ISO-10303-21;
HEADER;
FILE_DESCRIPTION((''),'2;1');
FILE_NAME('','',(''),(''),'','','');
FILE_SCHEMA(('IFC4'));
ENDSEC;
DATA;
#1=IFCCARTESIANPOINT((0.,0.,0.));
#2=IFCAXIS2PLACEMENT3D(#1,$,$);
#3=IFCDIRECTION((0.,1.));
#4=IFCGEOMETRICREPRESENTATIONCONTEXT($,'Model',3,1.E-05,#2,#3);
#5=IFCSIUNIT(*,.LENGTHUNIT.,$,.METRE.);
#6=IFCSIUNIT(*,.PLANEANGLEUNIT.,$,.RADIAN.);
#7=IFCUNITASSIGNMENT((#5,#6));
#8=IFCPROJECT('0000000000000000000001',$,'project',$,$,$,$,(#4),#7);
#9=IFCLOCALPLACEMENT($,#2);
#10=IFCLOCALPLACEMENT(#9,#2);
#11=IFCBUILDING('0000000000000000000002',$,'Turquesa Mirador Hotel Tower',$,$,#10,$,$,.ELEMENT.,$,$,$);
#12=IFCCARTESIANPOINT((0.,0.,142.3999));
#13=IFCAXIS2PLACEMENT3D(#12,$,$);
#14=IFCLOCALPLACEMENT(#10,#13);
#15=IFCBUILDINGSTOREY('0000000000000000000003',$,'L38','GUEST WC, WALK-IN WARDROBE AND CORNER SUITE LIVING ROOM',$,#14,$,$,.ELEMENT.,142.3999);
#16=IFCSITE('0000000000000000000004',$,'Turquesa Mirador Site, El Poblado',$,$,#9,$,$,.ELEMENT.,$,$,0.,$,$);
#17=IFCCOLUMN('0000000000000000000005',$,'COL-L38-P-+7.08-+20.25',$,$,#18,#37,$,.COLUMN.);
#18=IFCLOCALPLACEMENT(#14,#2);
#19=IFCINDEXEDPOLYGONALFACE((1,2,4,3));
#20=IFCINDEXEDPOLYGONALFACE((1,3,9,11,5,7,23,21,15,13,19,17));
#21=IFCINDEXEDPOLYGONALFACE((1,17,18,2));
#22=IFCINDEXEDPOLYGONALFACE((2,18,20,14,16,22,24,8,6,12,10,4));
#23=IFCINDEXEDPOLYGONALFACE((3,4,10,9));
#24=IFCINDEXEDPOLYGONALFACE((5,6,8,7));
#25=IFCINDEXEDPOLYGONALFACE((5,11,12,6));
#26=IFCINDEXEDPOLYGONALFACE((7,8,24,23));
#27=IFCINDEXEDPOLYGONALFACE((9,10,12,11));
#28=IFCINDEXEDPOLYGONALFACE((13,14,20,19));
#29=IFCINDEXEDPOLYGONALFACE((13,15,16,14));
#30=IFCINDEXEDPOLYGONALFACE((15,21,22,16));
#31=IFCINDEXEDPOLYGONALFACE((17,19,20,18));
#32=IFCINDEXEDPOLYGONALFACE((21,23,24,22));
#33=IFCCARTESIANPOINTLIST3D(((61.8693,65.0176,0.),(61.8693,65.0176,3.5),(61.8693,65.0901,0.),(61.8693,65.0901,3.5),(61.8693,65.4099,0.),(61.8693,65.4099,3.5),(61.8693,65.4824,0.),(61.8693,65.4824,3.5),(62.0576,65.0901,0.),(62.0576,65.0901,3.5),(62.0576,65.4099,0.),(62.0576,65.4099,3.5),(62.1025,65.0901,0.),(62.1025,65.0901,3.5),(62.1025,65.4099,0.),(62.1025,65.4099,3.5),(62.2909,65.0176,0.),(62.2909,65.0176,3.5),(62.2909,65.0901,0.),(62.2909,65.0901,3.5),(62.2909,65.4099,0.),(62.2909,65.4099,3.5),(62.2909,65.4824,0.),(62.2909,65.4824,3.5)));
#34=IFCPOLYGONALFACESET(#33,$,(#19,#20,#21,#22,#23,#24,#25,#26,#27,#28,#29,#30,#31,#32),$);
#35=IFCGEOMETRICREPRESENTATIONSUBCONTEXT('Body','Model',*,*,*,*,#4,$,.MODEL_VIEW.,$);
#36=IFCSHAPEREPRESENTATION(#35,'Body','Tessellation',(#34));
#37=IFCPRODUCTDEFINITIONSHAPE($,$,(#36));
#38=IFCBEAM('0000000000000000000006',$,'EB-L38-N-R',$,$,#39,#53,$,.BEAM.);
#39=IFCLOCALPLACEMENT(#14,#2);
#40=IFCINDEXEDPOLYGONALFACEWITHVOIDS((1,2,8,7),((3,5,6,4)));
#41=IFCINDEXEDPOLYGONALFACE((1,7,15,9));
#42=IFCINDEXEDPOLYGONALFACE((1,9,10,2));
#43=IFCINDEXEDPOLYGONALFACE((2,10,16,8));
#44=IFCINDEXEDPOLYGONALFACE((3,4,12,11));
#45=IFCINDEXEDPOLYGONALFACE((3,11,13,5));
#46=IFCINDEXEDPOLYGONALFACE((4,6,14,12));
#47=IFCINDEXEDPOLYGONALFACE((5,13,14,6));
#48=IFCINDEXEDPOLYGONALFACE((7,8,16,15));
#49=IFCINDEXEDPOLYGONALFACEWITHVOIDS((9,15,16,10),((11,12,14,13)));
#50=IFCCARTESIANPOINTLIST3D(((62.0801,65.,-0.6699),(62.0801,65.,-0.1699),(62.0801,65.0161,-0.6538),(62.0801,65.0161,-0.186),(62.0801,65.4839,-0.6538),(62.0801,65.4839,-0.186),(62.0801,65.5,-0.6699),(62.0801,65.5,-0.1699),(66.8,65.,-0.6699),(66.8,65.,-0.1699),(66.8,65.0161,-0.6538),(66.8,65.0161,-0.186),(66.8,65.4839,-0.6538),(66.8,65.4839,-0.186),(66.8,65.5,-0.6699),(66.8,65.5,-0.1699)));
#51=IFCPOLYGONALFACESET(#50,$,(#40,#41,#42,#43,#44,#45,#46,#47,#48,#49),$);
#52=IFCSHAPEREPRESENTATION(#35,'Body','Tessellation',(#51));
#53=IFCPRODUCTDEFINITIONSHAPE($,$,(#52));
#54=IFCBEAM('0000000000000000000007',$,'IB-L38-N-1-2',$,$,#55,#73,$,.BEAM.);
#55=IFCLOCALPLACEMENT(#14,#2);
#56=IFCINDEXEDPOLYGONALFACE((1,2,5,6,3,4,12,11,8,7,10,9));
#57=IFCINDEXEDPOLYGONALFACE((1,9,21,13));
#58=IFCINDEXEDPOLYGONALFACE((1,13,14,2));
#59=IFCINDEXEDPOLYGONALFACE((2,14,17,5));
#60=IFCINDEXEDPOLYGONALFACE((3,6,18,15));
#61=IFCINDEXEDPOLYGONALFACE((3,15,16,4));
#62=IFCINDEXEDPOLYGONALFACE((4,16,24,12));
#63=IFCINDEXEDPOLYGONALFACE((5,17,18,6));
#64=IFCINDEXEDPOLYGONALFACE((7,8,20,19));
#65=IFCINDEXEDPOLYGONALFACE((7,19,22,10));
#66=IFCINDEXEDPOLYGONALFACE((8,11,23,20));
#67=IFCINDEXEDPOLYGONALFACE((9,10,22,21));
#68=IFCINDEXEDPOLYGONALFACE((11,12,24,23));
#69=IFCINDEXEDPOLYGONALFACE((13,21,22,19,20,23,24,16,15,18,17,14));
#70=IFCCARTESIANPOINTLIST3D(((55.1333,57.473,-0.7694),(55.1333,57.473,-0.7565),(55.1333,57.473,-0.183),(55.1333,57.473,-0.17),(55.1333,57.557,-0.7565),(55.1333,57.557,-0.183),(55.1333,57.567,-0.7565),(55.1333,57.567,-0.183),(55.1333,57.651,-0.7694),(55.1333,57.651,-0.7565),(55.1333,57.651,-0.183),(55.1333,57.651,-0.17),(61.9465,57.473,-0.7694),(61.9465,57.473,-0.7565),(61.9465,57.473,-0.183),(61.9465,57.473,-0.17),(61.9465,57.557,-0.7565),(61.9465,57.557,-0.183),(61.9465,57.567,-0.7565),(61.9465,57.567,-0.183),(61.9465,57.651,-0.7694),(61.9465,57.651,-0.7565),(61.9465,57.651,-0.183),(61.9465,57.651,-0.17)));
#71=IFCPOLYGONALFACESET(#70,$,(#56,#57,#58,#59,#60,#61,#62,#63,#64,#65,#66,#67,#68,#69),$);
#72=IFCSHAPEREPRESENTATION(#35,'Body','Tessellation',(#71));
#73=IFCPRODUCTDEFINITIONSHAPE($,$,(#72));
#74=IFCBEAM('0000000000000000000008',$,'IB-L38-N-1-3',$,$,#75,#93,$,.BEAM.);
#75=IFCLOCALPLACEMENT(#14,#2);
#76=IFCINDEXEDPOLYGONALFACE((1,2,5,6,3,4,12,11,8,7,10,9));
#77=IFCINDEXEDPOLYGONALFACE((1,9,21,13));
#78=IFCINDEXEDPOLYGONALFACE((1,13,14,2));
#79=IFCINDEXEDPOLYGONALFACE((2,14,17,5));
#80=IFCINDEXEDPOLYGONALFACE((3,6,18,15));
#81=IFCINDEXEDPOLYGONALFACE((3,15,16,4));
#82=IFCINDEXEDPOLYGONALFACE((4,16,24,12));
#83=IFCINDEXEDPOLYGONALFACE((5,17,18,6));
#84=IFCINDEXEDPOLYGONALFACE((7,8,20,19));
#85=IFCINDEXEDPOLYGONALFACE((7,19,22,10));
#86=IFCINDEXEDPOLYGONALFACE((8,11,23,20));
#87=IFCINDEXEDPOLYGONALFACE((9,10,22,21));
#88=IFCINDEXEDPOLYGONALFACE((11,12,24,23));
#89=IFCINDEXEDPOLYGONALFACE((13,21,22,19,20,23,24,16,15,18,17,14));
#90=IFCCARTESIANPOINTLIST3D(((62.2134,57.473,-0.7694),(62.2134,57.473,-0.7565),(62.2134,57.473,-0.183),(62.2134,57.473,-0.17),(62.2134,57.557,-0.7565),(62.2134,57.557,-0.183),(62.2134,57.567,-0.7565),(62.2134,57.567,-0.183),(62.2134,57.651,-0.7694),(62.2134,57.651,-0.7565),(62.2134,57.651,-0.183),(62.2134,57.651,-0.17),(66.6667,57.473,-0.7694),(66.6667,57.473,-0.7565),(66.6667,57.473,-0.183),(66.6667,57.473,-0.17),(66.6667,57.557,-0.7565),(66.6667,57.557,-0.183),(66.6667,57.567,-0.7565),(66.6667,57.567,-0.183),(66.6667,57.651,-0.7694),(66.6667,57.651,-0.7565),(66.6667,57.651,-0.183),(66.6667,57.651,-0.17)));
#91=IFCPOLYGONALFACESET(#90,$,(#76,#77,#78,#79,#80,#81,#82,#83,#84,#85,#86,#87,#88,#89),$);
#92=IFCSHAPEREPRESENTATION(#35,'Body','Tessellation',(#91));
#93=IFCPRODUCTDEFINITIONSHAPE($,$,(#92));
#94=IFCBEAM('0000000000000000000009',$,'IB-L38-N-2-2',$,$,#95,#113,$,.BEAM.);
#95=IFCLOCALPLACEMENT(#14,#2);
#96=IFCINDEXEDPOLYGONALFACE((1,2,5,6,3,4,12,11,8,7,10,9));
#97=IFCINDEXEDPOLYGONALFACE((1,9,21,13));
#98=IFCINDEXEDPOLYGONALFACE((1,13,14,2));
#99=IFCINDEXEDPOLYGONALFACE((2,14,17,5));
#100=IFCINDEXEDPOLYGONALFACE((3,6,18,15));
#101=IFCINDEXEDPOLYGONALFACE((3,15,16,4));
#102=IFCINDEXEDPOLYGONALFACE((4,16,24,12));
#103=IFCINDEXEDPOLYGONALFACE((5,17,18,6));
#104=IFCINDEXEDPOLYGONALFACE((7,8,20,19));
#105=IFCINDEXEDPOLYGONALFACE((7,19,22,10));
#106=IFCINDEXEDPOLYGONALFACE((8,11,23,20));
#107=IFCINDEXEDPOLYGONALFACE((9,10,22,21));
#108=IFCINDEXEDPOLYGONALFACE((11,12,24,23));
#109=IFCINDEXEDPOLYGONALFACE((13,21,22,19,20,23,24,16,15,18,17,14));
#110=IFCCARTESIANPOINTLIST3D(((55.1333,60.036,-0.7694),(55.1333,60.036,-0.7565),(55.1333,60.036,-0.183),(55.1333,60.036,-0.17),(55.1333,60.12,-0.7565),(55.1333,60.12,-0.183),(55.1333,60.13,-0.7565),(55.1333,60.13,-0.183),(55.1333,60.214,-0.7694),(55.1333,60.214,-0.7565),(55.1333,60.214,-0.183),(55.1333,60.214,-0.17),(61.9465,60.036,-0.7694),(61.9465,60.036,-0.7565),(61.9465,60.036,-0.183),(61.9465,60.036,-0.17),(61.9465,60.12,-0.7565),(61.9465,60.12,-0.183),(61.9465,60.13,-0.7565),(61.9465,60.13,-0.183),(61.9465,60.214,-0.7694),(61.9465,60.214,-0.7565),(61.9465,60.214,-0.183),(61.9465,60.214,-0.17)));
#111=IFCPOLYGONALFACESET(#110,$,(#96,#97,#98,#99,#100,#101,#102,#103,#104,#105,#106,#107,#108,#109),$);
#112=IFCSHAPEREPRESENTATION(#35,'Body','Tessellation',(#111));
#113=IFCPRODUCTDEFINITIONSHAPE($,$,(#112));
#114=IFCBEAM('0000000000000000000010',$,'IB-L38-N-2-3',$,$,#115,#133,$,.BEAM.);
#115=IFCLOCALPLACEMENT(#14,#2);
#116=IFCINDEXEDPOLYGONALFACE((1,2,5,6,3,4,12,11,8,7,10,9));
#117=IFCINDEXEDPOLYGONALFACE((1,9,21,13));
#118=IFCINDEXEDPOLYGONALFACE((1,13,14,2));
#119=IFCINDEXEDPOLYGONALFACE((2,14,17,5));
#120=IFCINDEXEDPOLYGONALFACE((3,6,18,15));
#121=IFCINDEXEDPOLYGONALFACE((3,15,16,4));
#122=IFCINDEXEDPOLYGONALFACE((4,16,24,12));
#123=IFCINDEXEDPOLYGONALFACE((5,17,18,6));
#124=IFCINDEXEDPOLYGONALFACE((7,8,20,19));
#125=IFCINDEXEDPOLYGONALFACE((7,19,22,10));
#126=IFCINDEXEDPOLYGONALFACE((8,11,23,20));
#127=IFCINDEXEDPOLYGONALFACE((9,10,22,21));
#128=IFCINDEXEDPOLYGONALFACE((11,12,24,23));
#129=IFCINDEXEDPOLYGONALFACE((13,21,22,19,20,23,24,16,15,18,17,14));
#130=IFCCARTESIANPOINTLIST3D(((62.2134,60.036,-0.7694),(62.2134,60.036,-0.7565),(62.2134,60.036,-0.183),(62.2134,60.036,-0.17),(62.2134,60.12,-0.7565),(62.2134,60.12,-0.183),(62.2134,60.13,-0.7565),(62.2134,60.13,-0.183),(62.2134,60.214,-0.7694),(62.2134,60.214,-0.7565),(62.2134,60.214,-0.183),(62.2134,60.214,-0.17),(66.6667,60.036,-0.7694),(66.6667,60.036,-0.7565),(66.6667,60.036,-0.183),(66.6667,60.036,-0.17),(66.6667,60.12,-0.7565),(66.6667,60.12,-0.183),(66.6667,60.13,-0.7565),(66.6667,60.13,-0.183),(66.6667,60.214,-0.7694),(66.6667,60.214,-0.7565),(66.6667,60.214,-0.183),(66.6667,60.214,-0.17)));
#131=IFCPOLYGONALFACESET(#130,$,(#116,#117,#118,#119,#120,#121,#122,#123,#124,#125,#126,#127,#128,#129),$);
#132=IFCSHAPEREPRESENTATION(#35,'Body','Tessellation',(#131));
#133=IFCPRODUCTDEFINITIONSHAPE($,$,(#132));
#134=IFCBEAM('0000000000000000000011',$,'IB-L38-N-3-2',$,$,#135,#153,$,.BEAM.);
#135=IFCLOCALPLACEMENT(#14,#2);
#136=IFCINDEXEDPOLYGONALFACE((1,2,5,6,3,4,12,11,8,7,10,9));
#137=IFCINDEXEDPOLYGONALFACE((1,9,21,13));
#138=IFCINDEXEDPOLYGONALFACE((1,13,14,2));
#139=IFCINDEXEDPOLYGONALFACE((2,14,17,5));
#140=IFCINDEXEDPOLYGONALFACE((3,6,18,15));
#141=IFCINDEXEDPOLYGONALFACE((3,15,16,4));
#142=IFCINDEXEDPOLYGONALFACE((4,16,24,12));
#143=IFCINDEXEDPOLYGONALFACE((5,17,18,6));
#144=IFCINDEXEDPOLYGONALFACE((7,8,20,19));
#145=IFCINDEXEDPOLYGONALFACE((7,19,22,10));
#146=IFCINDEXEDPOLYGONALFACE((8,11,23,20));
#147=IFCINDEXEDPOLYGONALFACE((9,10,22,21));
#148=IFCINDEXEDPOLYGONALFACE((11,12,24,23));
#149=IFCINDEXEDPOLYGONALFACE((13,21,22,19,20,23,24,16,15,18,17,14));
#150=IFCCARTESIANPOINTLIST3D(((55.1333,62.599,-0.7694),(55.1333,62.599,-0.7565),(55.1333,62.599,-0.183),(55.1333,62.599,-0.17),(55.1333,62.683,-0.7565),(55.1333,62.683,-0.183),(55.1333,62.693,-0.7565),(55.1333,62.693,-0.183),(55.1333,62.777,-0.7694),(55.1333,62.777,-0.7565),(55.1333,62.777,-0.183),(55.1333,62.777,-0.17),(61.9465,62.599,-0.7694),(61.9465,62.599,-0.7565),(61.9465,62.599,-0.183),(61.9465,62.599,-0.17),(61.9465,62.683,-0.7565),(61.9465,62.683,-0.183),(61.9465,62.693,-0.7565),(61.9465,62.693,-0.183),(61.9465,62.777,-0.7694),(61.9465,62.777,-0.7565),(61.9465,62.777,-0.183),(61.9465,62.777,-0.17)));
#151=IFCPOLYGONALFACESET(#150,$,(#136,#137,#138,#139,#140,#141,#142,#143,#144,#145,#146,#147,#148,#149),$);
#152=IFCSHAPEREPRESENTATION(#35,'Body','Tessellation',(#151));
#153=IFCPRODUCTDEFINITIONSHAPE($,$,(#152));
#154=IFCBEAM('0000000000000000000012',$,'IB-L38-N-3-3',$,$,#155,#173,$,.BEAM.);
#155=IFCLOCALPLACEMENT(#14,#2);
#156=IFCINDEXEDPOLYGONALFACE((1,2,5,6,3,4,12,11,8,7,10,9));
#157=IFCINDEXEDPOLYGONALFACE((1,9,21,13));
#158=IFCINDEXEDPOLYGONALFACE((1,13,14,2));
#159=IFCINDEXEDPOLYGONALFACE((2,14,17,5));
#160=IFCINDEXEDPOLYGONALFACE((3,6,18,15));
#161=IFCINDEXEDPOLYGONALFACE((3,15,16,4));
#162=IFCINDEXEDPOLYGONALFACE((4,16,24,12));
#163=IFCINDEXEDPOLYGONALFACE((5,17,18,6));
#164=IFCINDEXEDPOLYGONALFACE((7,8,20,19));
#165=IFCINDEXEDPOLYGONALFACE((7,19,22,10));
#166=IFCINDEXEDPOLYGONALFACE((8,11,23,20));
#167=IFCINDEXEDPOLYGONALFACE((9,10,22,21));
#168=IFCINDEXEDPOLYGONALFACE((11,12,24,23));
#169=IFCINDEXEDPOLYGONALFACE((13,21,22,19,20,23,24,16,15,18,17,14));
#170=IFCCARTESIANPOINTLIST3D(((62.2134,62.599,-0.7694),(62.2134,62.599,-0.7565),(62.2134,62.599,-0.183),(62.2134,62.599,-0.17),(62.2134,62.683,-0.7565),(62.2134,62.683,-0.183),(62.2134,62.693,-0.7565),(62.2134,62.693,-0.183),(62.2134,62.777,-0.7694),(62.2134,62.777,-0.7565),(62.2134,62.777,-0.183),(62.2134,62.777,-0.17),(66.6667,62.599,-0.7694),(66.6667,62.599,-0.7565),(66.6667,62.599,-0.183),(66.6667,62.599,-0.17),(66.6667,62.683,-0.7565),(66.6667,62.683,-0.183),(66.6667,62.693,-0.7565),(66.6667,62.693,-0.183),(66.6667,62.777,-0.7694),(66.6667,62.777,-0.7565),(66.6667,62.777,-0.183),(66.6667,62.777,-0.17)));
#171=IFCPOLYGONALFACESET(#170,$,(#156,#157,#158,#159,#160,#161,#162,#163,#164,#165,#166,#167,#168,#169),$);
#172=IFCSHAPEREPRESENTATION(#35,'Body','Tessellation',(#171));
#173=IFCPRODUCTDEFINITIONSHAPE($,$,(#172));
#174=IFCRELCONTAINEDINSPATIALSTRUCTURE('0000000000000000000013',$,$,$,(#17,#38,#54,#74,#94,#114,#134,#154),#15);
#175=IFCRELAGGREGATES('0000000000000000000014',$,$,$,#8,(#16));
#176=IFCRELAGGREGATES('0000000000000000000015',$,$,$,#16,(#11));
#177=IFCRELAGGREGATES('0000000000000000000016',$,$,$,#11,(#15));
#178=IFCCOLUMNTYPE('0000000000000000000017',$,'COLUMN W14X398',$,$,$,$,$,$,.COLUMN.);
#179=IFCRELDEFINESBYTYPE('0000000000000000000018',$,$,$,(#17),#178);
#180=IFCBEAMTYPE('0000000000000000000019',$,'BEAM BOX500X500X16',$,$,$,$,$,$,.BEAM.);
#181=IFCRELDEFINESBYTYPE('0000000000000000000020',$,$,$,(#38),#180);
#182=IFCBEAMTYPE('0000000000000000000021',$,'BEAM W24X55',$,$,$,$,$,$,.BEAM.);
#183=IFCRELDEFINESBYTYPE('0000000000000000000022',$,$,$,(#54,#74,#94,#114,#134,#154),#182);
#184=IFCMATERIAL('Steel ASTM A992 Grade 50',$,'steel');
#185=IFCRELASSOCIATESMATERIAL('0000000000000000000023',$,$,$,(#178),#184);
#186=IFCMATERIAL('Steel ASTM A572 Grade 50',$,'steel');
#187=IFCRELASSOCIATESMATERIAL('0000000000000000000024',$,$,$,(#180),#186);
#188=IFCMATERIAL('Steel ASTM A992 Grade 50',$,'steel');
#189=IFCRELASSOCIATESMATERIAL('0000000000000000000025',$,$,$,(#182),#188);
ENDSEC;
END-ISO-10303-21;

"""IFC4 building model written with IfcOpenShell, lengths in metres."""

from ifc_helpers import new_model, si_unit, direction, frame, origin, origin_2d, place, context, subcontext, project, spatial, hollow_rectangle, i_section, extrude, material, material_profile, profile_set, type_object, element, save


model = new_model("IFC4")

# Units and contexts
model_context = context("Model", 3, precision=1e-05, world=origin(), true_north=direction((0.0, 1.0)))
body_context = subcontext(model_context, "Body", "Model", "MODEL_VIEW")
ifc_project = project(units=[si_unit("LENGTHUNIT", "METRE"), si_unit("PLANEANGLEUNIT", "RADIAN")], contexts=[model_context])

# Site, building, storey
site_placement = place(None, origin())
site = spatial("IfcSite", under=ifc_project, at=site_placement, Name="Turquesa Mirador Site, El Poblado", CompositionType="ELEMENT", RefElevation=0.0)
building_placement = place(site_placement, origin())
building = spatial("IfcBuilding", under=site, at=building_placement, Name="Turquesa Mirador Hotel Tower", CompositionType="ELEMENT")
storey_placement = place(building_placement, frame((0.0, 0.0, 142.3999)))
storey = spatial("IfcBuildingStorey", under=building, at=storey_placement, Name="L38", Description="GUEST WC, WALK-IN WARDROBE AND CORNER SUITE LIVING ROOM", CompositionType="ELEMENT", Elevation=142.3999)

# Column
ifc_material_1 = material(Name="Steel ASTM A992 Grade 50", Category="steel")
ifc_material_profile_1 = material_profile(ifc_material_1, i_section(OverallWidth=0.4216, OverallDepth=0.4648, WebThickness=0.0449, FlangeThickness=0.0725, at=origin_2d()), Name="W14X398")
ifc_profile_set_1 = profile_set([ifc_material_profile_1], Name="Steel ASTM A992 Grade 50")
column_type = type_object("IfcColumnType", Name="COLUMN W14X398", PredefinedType="COLUMN", material=ifc_profile_set_1)
column_placement = place(storey_placement, frame((62.0801, 65.25, 0.0), z_axis=(0.0, 0.0, 1.0), x_axis=(1.0, 0.0, 0.0)))
element("IfcColumn", 1, at=column_placement, inside=storey, type_object=column_type, Name="COL-L38-P-+7.08-+20.25", PredefinedType="COLUMN", context=body_context, shape_type="SweptSolid", body=[
    extrude(i_section(OverallWidth=0.4216, OverallDepth=0.4648, WebThickness=0.0449, FlangeThickness=0.0725, at=origin_2d()), origin(), (0.0, 0.0, 1.0), 3.5),
])

# Beams
ifc_material_2 = material(Name="Steel ASTM A572 Grade 50", Category="steel")
ifc_material_profile_2 = material_profile(ifc_material_2, hollow_rectangle(XDim=0.5, YDim=0.5, WallThickness=0.0161, at=origin_2d()), Name="BOX500X500X16")
ifc_profile_set_2 = profile_set([ifc_material_profile_2], Name="Steel ASTM A572 Grade 50")
beam_type_1 = type_object("IfcBeamType", Name="BEAM BOX500X500X16", PredefinedType="BEAM", material=ifc_profile_set_2)
beam_1_placement = place(storey_placement, frame((62.0801, 65.25, -0.4199), z_axis=(1.0, 0.0, 0.0), x_axis=(0.0, 1.0, 0.0)))
element("IfcBeam", 2, at=beam_1_placement, inside=storey, type_object=beam_type_1, Name="EB-L38-N-R", PredefinedType="BEAM", context=body_context, shape_type="SweptSolid", body=[
    extrude(hollow_rectangle(XDim=0.5, YDim=0.5, WallThickness=0.0161, at=origin_2d()), origin(), (0.0, 0.0, 1.0), 4.72),
])
ifc_material_3 = material(Name="Steel ASTM A992 Grade 50", Category="steel")
ifc_material_profile_3 = material_profile(ifc_material_3, i_section(OverallWidth=0.178, OverallDepth=0.5994, WebThickness=0.01, FlangeThickness=0.0129, at=origin_2d()), Name="W24X55")
ifc_profile_set_3 = profile_set([ifc_material_profile_3], Name="Steel ASTM A992 Grade 50")
beam_type_2 = type_object("IfcBeamType", Name="BEAM W24X55", PredefinedType="BEAM", material=ifc_profile_set_3)
beam_2_placement = place(storey_placement, frame((55.1333, 57.562, -0.4697), z_axis=(1.0, 0.0, 0.0), x_axis=(0.0, 1.0, 0.0)))
element("IfcBeam", 3, at=beam_2_placement, inside=storey, type_object=beam_type_2, Name="IB-L38-N-1-2", PredefinedType="BEAM", context=body_context, shape_type="SweptSolid", body=[
    extrude(i_section(OverallWidth=0.178, OverallDepth=0.5994, WebThickness=0.01, FlangeThickness=0.0129, at=origin_2d()), origin(), (0.0, 0.0, 1.0), 6.8132),
])
beam_3_placement = place(storey_placement, frame((62.2134, 57.562, -0.4697), z_axis=(1.0, 0.0, 0.0), x_axis=(0.0, 1.0, 0.0)))
element("IfcBeam", 4, at=beam_3_placement, inside=storey, type_object=beam_type_2, Name="IB-L38-N-1-3", PredefinedType="BEAM", context=body_context, shape_type="SweptSolid", body=[
    extrude(i_section(OverallWidth=0.178, OverallDepth=0.5994, WebThickness=0.01, FlangeThickness=0.0129, at=origin_2d()), origin(), (0.0, 0.0, 1.0), 4.4534),
])
beam_4_placement = place(storey_placement, frame((55.1333, 60.125, -0.4697), z_axis=(1.0, 0.0, 0.0), x_axis=(0.0, 1.0, 0.0)))
element("IfcBeam", 5, at=beam_4_placement, inside=storey, type_object=beam_type_2, Name="IB-L38-N-2-2", PredefinedType="BEAM", context=body_context, shape_type="SweptSolid", body=[
    extrude(i_section(OverallWidth=0.178, OverallDepth=0.5994, WebThickness=0.01, FlangeThickness=0.0129, at=origin_2d()), origin(), (0.0, 0.0, 1.0), 6.8132),
])
beam_5_placement = place(storey_placement, frame((62.2134, 60.125, -0.4697), z_axis=(1.0, 0.0, 0.0), x_axis=(0.0, 1.0, 0.0)))
element("IfcBeam", 6, at=beam_5_placement, inside=storey, type_object=beam_type_2, Name="IB-L38-N-2-3", PredefinedType="BEAM", context=body_context, shape_type="SweptSolid", body=[
    extrude(i_section(OverallWidth=0.178, OverallDepth=0.5994, WebThickness=0.01, FlangeThickness=0.0129, at=origin_2d()), origin(), (0.0, 0.0, 1.0), 4.4534),
])
beam_6_placement = place(storey_placement, frame((55.1333, 62.688, -0.4697), z_axis=(1.0, 0.0, 0.0), x_axis=(0.0, 1.0, 0.0)))
element("IfcBeam", 7, at=beam_6_placement, inside=storey, type_object=beam_type_2, Name="IB-L38-N-3-2", PredefinedType="BEAM", context=body_context, shape_type="SweptSolid", body=[
    extrude(i_section(OverallWidth=0.178, OverallDepth=0.5994, WebThickness=0.01, FlangeThickness=0.0129, at=origin_2d()), origin(), (0.0, 0.0, 1.0), 6.8132),
])
beam_7_placement = place(storey_placement, frame((62.2134, 62.688, -0.4697), z_axis=(1.0, 0.0, 0.0), x_axis=(0.0, 1.0, 0.0)))
element("IfcBeam", 8, at=beam_7_placement, inside=storey, type_object=beam_type_2, Name="IB-L38-N-3-3", PredefinedType="BEAM", context=body_context, shape_type="SweptSolid", body=[
    extrude(i_section(OverallWidth=0.178, OverallDepth=0.5994, WebThickness=0.01, FlangeThickness=0.0129, at=origin_2d()), origin(), (0.0, 0.0, 1.0), 4.4534),
])

save(model, "model.ifc")
